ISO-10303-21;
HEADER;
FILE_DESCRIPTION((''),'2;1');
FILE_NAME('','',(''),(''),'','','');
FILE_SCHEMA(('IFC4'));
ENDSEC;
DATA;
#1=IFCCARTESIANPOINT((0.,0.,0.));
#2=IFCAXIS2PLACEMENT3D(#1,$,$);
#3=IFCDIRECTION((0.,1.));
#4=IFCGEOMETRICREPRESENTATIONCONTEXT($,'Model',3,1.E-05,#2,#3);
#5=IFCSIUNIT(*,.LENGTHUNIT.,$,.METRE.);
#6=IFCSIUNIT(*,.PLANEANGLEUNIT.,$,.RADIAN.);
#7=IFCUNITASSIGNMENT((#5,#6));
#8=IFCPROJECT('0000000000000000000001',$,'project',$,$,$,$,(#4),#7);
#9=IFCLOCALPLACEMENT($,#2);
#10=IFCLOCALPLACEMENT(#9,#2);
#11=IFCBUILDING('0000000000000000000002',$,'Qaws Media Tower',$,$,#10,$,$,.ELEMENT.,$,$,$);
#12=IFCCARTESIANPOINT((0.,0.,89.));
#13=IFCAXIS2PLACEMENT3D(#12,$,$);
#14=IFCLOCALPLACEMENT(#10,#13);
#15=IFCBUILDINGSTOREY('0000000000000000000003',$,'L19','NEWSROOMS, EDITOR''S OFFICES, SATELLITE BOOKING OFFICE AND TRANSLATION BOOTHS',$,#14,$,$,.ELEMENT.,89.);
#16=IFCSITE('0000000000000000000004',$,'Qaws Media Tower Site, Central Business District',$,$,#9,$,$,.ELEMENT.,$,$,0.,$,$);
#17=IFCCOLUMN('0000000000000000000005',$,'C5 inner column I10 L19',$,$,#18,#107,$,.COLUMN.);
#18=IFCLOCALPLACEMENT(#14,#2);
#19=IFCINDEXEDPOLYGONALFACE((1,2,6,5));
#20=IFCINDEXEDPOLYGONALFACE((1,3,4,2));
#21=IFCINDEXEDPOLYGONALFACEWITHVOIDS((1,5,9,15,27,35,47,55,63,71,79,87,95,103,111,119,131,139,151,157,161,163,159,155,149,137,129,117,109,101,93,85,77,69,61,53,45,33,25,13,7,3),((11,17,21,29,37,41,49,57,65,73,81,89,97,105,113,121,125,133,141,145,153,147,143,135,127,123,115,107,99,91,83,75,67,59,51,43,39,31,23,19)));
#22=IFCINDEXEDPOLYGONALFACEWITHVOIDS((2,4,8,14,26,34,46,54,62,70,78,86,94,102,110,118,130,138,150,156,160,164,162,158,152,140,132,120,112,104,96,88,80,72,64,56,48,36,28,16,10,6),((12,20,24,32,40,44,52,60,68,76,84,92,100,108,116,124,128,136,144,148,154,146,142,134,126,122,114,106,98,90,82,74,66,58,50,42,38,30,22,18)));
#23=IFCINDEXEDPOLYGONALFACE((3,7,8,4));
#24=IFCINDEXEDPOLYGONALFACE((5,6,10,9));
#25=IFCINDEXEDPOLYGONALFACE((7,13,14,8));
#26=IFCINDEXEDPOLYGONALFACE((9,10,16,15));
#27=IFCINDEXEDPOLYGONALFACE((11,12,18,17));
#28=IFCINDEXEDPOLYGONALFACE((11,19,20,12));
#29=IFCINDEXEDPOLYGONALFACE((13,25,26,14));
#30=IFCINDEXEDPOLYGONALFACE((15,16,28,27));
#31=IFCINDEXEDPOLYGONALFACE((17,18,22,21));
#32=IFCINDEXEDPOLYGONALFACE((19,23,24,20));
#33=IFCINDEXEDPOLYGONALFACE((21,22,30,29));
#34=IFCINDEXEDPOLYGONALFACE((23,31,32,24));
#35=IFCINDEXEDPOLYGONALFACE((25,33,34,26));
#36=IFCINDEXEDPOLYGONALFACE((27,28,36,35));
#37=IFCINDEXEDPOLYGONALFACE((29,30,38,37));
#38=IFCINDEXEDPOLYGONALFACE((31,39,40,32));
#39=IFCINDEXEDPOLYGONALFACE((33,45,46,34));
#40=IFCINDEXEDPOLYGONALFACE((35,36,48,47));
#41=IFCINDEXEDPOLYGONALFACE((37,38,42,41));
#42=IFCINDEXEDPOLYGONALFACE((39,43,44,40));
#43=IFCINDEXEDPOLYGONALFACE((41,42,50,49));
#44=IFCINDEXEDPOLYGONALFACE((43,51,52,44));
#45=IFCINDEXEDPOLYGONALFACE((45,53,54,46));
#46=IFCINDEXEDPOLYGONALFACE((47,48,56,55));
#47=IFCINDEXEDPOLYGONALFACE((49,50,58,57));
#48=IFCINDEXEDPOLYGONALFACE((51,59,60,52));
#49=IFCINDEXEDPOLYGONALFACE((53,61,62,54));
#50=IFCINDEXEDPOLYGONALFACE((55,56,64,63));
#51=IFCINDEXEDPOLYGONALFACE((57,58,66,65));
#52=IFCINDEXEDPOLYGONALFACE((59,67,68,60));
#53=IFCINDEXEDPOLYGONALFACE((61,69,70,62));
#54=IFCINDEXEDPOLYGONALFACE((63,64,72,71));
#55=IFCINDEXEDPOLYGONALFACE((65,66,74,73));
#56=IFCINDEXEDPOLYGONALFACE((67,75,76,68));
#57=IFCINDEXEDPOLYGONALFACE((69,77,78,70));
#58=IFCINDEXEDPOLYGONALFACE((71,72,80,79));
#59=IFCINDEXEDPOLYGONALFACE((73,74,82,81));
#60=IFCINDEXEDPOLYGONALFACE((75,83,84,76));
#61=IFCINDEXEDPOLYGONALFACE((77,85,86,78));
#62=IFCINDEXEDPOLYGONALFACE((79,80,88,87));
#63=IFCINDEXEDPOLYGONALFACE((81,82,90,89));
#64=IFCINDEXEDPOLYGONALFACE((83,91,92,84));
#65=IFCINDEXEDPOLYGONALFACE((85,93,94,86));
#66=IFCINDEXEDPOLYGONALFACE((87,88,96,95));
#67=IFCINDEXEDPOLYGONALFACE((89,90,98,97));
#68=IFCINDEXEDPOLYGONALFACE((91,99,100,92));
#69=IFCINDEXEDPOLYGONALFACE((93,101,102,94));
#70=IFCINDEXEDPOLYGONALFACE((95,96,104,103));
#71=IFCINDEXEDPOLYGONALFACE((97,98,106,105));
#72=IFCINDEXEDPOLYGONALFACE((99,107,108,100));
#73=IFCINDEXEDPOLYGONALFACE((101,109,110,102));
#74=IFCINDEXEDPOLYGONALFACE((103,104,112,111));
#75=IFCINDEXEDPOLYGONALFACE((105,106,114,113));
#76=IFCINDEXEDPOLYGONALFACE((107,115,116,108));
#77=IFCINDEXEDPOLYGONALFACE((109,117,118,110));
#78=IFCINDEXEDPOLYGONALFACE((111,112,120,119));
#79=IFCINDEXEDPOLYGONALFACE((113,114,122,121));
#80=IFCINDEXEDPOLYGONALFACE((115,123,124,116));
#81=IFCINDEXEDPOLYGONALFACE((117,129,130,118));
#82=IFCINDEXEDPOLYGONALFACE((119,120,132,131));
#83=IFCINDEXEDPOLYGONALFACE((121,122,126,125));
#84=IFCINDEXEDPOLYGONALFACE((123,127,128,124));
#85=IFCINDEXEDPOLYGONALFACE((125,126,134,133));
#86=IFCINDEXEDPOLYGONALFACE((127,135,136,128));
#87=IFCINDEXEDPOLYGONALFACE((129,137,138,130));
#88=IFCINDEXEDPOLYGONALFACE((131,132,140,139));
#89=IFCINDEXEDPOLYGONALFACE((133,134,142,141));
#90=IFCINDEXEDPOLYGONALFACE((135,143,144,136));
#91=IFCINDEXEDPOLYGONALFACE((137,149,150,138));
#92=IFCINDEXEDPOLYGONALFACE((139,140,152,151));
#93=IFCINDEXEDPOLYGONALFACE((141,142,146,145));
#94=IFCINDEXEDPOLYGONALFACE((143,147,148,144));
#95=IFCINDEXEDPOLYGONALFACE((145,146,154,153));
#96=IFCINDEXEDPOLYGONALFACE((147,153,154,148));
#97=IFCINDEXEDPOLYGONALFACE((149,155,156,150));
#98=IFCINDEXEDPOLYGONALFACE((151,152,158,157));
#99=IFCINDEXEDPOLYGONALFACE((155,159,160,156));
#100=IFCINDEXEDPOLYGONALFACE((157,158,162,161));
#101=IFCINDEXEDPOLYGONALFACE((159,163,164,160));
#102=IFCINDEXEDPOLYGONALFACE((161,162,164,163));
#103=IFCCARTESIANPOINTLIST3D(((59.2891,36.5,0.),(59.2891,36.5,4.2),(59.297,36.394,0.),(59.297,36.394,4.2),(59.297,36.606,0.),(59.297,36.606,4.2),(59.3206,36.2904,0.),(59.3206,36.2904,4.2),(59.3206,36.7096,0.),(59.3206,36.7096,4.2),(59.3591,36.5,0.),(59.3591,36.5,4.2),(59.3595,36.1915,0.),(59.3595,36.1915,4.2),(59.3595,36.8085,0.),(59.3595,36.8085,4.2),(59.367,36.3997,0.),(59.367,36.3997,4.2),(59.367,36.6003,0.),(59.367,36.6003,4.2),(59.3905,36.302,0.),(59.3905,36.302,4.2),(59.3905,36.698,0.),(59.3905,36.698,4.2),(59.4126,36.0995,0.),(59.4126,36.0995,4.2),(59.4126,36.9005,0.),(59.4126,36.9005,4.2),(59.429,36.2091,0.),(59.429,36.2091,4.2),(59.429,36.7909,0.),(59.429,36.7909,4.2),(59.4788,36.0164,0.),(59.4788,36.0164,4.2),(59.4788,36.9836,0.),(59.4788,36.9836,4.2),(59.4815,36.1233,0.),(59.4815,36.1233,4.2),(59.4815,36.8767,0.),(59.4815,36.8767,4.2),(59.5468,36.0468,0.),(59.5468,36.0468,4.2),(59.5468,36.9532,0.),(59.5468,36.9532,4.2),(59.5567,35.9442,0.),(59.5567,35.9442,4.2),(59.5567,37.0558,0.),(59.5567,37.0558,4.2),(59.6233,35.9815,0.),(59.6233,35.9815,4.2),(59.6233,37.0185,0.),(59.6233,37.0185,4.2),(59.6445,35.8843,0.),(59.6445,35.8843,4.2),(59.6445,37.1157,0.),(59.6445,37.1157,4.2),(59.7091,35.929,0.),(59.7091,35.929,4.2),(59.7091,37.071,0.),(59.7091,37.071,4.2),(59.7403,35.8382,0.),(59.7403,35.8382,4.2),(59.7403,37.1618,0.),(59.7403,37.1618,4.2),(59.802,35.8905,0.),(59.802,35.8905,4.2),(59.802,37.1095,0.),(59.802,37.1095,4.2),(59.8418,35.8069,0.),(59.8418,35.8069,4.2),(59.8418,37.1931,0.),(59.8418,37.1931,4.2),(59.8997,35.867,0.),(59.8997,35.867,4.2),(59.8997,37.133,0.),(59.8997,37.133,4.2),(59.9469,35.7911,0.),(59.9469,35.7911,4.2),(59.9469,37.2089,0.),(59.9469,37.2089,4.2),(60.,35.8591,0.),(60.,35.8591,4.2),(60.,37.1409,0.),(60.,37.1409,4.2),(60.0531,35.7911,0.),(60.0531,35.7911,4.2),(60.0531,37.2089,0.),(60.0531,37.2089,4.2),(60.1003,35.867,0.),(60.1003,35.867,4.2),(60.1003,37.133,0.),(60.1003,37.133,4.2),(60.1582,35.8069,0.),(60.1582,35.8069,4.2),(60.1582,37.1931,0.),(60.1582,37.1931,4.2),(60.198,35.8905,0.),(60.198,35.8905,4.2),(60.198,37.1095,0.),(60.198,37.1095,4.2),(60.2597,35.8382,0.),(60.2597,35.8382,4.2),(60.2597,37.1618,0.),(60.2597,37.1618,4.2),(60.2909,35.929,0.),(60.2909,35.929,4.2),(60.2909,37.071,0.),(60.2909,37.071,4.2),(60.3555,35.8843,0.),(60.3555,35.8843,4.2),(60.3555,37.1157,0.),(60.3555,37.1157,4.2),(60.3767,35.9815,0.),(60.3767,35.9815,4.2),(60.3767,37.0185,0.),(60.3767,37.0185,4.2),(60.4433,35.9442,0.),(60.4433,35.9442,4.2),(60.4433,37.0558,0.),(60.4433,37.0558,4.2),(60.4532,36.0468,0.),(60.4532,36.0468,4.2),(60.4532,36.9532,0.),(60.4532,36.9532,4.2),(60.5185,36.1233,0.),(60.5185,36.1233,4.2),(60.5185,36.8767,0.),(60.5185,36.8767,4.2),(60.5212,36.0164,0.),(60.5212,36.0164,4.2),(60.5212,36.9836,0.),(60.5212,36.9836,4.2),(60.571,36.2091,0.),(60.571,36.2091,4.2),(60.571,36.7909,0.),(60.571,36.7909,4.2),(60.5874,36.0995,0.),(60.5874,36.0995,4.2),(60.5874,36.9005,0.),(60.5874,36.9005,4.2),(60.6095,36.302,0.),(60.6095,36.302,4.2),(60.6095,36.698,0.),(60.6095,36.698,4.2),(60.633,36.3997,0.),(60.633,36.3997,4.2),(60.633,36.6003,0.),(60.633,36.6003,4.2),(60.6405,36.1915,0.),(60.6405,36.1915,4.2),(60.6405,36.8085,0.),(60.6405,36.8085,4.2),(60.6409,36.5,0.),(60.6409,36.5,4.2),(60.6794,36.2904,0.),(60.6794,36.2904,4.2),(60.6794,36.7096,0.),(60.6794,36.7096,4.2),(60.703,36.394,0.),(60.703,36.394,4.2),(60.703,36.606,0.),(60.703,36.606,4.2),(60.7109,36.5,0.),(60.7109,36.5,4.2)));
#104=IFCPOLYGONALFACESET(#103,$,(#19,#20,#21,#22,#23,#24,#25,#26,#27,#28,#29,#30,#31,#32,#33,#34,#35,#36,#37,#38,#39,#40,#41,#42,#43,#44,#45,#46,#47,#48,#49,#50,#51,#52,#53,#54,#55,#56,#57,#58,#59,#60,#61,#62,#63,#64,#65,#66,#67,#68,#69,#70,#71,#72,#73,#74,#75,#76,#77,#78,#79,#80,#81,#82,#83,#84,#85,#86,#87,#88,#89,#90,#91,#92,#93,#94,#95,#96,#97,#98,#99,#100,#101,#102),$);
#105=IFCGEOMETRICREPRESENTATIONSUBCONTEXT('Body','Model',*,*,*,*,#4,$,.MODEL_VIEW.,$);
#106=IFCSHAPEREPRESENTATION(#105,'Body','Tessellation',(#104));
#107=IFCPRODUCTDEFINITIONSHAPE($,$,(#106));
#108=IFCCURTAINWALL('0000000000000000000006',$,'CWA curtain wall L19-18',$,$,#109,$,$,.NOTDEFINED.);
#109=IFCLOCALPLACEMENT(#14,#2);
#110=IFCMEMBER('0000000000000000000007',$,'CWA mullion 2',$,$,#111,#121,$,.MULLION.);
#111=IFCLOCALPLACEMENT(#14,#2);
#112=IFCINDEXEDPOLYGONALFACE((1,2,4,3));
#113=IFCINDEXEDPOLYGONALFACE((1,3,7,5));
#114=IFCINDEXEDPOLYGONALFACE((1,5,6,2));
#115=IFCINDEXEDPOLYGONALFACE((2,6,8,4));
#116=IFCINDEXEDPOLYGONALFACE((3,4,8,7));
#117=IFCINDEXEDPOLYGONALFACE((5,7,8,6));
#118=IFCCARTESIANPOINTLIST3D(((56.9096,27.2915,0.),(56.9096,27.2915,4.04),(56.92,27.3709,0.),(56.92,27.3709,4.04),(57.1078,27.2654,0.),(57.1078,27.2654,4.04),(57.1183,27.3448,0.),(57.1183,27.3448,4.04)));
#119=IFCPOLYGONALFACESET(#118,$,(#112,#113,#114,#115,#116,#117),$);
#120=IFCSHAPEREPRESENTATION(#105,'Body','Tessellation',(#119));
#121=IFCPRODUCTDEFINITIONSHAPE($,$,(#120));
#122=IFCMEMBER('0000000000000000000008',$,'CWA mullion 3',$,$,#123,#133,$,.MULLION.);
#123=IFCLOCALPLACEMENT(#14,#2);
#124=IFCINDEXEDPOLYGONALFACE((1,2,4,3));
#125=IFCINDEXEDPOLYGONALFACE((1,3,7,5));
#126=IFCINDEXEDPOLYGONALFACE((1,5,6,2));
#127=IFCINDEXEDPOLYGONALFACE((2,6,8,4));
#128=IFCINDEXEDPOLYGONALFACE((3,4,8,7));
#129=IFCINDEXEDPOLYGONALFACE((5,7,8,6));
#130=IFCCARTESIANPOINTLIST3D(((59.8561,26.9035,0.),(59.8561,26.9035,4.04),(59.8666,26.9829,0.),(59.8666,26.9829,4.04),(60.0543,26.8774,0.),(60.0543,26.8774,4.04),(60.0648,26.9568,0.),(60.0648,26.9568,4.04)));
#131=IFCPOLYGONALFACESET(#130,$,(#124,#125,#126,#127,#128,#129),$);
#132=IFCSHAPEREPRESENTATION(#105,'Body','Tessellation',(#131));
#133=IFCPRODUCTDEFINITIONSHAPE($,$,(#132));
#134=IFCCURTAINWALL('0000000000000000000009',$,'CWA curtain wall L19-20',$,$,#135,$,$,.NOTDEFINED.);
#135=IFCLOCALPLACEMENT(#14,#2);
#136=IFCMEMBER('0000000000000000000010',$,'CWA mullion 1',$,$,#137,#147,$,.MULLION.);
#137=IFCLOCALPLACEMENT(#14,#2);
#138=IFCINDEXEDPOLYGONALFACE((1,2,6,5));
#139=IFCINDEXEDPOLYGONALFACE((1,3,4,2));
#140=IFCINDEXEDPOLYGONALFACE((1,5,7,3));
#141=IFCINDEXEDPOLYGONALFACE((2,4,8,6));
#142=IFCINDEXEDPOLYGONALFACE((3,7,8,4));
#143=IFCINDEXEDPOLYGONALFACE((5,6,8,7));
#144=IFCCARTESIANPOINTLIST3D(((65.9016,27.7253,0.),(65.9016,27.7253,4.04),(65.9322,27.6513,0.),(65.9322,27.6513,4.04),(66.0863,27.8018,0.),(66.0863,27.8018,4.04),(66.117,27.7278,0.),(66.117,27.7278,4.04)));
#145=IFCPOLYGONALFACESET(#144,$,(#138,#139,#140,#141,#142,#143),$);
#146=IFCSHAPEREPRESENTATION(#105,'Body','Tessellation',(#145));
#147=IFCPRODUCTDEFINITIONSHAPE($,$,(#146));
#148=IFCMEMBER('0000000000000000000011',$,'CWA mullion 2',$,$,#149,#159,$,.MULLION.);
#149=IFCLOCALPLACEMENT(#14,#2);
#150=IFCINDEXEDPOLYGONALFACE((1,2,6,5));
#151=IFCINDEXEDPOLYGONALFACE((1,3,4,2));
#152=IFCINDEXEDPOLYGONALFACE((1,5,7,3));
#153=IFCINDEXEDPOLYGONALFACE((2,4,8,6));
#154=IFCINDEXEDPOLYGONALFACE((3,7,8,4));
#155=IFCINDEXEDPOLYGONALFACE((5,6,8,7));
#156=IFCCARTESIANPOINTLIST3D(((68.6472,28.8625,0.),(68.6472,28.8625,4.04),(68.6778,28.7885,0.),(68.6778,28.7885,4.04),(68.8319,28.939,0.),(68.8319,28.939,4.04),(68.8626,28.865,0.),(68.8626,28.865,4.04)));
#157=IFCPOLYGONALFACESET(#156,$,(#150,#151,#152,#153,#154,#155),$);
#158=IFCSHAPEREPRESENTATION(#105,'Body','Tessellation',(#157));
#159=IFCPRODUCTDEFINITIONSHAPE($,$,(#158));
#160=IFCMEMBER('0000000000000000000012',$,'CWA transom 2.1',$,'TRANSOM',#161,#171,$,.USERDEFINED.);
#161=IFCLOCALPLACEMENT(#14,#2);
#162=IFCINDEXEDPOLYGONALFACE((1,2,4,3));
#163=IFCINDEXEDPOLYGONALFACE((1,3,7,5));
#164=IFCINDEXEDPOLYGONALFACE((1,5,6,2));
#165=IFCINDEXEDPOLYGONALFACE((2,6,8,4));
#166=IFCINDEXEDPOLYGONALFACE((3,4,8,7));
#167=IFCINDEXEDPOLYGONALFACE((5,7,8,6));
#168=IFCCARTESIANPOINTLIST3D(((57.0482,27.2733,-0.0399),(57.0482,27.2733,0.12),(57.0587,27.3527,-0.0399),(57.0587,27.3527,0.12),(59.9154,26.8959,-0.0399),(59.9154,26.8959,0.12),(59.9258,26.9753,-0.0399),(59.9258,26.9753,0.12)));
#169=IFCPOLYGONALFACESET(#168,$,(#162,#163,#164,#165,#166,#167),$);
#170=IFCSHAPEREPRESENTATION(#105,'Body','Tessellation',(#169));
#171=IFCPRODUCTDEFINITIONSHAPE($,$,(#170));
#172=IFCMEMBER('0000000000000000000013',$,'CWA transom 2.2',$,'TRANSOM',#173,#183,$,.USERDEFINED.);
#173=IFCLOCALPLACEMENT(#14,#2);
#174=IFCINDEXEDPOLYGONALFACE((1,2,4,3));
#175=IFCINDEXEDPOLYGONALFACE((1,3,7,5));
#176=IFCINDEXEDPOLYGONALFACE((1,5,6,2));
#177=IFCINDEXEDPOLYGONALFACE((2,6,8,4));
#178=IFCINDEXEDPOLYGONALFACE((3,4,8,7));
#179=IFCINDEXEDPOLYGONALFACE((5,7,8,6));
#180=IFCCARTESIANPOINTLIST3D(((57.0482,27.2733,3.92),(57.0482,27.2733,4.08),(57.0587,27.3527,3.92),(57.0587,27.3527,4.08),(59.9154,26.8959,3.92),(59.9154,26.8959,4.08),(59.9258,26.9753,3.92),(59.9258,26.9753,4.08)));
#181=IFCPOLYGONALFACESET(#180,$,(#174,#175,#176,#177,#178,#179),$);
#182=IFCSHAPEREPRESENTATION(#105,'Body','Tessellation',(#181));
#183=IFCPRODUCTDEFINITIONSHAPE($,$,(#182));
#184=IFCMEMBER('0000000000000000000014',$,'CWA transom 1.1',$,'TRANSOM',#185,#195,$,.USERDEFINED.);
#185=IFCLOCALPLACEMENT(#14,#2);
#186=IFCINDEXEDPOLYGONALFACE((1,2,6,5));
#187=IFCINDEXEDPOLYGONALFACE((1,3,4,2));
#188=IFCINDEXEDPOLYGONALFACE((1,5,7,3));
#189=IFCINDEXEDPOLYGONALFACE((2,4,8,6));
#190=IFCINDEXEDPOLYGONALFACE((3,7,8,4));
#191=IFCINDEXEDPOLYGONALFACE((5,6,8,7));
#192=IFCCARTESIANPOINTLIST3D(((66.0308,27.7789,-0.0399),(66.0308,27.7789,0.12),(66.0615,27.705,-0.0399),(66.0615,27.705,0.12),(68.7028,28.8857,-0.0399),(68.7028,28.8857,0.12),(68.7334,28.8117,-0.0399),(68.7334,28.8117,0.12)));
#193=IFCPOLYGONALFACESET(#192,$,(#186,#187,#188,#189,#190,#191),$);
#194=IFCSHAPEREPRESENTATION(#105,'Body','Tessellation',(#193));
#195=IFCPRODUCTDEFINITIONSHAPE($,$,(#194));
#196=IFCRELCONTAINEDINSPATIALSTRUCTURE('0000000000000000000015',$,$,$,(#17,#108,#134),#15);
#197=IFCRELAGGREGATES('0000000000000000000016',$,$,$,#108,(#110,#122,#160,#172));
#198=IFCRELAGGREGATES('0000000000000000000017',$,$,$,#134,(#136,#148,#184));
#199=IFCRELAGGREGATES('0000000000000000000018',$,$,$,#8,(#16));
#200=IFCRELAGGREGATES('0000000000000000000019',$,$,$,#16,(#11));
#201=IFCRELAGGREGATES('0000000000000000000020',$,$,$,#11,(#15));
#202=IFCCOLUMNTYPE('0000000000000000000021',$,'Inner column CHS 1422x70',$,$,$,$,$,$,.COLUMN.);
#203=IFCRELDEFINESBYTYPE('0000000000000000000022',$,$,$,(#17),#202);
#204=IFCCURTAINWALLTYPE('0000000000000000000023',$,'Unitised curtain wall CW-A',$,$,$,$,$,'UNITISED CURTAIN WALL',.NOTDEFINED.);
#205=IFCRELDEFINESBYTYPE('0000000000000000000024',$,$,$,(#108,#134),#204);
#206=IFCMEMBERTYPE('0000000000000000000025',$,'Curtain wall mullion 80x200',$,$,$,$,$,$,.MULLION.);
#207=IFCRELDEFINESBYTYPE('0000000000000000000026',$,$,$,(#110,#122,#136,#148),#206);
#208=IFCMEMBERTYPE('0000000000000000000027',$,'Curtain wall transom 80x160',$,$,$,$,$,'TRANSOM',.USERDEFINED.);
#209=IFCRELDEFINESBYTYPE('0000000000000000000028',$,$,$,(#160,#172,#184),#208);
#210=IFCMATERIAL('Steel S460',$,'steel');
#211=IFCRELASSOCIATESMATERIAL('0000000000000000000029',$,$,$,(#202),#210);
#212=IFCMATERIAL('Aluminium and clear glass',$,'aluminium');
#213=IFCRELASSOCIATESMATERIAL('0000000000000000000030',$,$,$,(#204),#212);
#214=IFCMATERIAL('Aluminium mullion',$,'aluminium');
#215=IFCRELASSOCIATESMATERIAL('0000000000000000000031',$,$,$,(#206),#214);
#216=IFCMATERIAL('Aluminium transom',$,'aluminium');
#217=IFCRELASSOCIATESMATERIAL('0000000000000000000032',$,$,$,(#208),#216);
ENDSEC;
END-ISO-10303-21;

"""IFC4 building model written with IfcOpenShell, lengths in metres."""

from ifc_helpers import new_model, si_unit, direction, frame, origin, origin_2d, place, context, subcontext, project, spatial, rectangle, hollow_circle, extrude, material, material_profile, profile_set, type_object, element, aggregate, save


model = new_model("IFC4")

# Units and contexts
model_context = context("Model", 3, precision=1e-05, world=origin(), true_north=direction((0.0, 1.0)))
body_context = subcontext(model_context, "Body", "Model", "MODEL_VIEW")
ifc_project = project(units=[si_unit("LENGTHUNIT", "METRE"), si_unit("PLANEANGLEUNIT", "RADIAN")], contexts=[model_context])

# Site, building, storey
site_placement = place(None, origin())
site = spatial("IfcSite", under=ifc_project, at=site_placement, Name="Qaws Media Tower Site, Central Business District", CompositionType="ELEMENT", RefElevation=0.0)
building_placement = place(site_placement, origin())
building = spatial("IfcBuilding", under=site, at=building_placement, Name="Qaws Media Tower", CompositionType="ELEMENT")
storey_placement = place(building_placement, frame((0.0, 0.0, 89.0)))
storey = spatial("IfcBuildingStorey", under=building, at=storey_placement, Name="L19", Description="NEWSROOMS, EDITOR'S OFFICES, SATELLITE BOOKING OFFICE AND TRANSLATION BOOTHS", CompositionType="ELEMENT", Elevation=89.0)

# Column
ifc_material_1 = material(Name="Steel S460", Category="steel")
ifc_material_profile_1 = material_profile(ifc_material_1, hollow_circle(Radius=0.7109, WallThickness=0.0701, at=origin_2d()), Name="CHS 1422x70")
ifc_profile_set_1 = profile_set([ifc_material_profile_1], Name="Steel S460")
column_type = type_object("IfcColumnType", Name="Inner column CHS 1422x70", PredefinedType="COLUMN", material=ifc_profile_set_1)
column_placement = place(storey_placement, frame((60.0, 36.5, 0.0), z_axis=(0.0, 0.0, 1.0), x_axis=(1.0, 0.0, 0.0)))
element("IfcColumn", 1, at=column_placement, inside=storey, type_object=column_type, Name="C5 inner column I10 L19", PredefinedType="COLUMN", context=body_context, shape_type="SweptSolid", body=[
    extrude(hollow_circle(Radius=0.7109, WallThickness=0.0701, at=origin_2d()), origin(), (0.0, 0.0, 1.0), 4.2),
])

# Curtain walls, members
ifc_material_2 = material(Name="Aluminium and clear glass", Category="aluminium")
curtain_wall_type = type_object("IfcCurtainWallType", Name="Unitised curtain wall CW-A", ElementType="UNITISED CURTAIN WALL", PredefinedType="NOTDEFINED", material=ifc_material_2)
curtain_wall_1_placement = place(storey_placement, origin())
curtain_wall_1 = element("IfcCurtainWall", 2, at=curtain_wall_1_placement, inside=storey, type_object=curtain_wall_type, Name="CWA curtain wall L19-18", PredefinedType="NOTDEFINED")
ifc_material_3 = material(Name="Aluminium mullion", Category="aluminium")
ifc_material_profile_2 = material_profile(ifc_material_3, rectangle(XDim=0.0801, YDim=0.2, at=origin_2d()), Name="80x200")
ifc_profile_set_2 = profile_set([ifc_material_profile_2], Name="Aluminium mullion")
member_type_1 = type_object("IfcMemberType", Name="Curtain wall mullion 80x200", PredefinedType="MULLION", material=ifc_profile_set_2)
member_1_placement = place(storey_placement, frame((57.0139, 27.3181, 0.0), z_axis=(0.0, 0.0, 1.0), x_axis=(0.130526, 0.991445, 0.0)))
member_1 = element("IfcMember", 3, at=member_1_placement, type_object=member_type_1, Name="CWA mullion 2", PredefinedType="MULLION", context=body_context, shape_type="SweptSolid", body=[
    extrude(rectangle(XDim=0.0801, YDim=0.2, at=origin_2d()), origin(), (0.0, 0.0, 1.0), 4.04),
])
member_2_placement = place(storey_placement, frame((59.9604, 26.9302, 0.0), z_axis=(0.0, 0.0, 1.0), x_axis=(0.130526, 0.991445, 0.0)))
member_2 = element("IfcMember", 4, at=member_2_placement, type_object=member_type_1, Name="CWA mullion 3", PredefinedType="MULLION", context=body_context, shape_type="SweptSolid", body=[
    extrude(rectangle(XDim=0.0801, YDim=0.2, at=origin_2d()), origin(), (0.0, 0.0, 1.0), 4.04),
])
curtain_wall_2_placement = place(storey_placement, origin())
curtain_wall_2 = element("IfcCurtainWall", 5, at=curtain_wall_2_placement, inside=storey, type_object=curtain_wall_type, Name="CWA curtain wall L19-20", PredefinedType="NOTDEFINED")
member_3_placement = place(storey_placement, frame((66.0093, 27.7266, 0.0), z_axis=(0.0, 0.0, 1.0), x_axis=(-0.382683, 0.92388, 0.0)))
member_3 = element("IfcMember", 6, at=member_3_placement, type_object=member_type_1, Name="CWA mullion 1", PredefinedType="MULLION", context=body_context, shape_type="SweptSolid", body=[
    extrude(rectangle(XDim=0.0801, YDim=0.2, at=origin_2d()), origin(), (0.0, 0.0, 1.0), 4.04),
])
member_4_placement = place(storey_placement, frame((68.7549, 28.8638, 0.0), z_axis=(0.0, 0.0, 1.0), x_axis=(-0.382683, 0.92388, 0.0)))
member_4 = element("IfcMember", 7, at=member_4_placement, type_object=member_type_1, Name="CWA mullion 2", PredefinedType="MULLION", context=body_context, shape_type="SweptSolid", body=[
    extrude(rectangle(XDim=0.0801, YDim=0.2, at=origin_2d()), origin(), (0.0, 0.0, 1.0), 4.04),
])

# Members
ifc_material_4 = material(Name="Aluminium transom", Category="aluminium")
ifc_material_profile_3 = material_profile(ifc_material_4, rectangle(XDim=0.0801, YDim=0.1599, at=origin_2d()), Name="80x160")
ifc_profile_set_3 = profile_set([ifc_material_profile_3], Name="Aluminium transom")
member_type_2 = type_object("IfcMemberType", Name="Curtain wall transom 80x160", ElementType="TRANSOM", PredefinedType="USERDEFINED", material=ifc_profile_set_3)
member_5_placement = place(storey_placement, frame((57.0535, 27.313, 0.04), z_axis=(0.991446, -0.130516, 0.0), x_axis=(0.130516, 0.991446, 0.0)))
member_5 = element("IfcMember", 8, at=member_5_placement, type_object=member_type_2, Name="CWA transom 2.1", ObjectType="TRANSOM", PredefinedType="USERDEFINED", context=body_context, shape_type="SweptSolid", body=[
    extrude(rectangle(XDim=0.0801, YDim=0.1599, at=origin_2d()), origin(), (0.0, 0.0, 1.0), 2.8918),
])
member_6_placement = place(storey_placement, frame((57.0535, 27.313, 4.0), z_axis=(0.991446, -0.130516, 0.0), x_axis=(0.130516, 0.991446, 0.0)))
member_6 = element("IfcMember", 9, at=member_6_placement, type_object=member_type_2, Name="CWA transom 2.2", ObjectType="TRANSOM", PredefinedType="USERDEFINED", context=body_context, shape_type="SweptSolid", body=[
    extrude(rectangle(XDim=0.0801, YDim=0.1599, at=origin_2d()), origin(), (0.0, 0.0, 1.0), 2.8918),
])
member_7_placement = place(storey_placement, frame((66.0461, 27.7419, 0.04), z_axis=(0.923884, 0.382672, 0.0), x_axis=(-0.382672, 0.923884, 0.0)))
member_7 = element("IfcMember", 10, at=member_7_placement, type_object=member_type_2, Name="CWA transom 1.1", ObjectType="TRANSOM", PredefinedType="USERDEFINED", context=body_context, shape_type="SweptSolid", body=[
    extrude(rectangle(XDim=0.0801, YDim=0.1599, at=origin_2d()), origin(), (0.0, 0.0, 1.0), 2.8921),
])

aggregate(curtain_wall_1, [member_1, member_2, member_5, member_6])
aggregate(curtain_wall_2, [member_3, member_4, member_7])

save(model, "model.ifc")
